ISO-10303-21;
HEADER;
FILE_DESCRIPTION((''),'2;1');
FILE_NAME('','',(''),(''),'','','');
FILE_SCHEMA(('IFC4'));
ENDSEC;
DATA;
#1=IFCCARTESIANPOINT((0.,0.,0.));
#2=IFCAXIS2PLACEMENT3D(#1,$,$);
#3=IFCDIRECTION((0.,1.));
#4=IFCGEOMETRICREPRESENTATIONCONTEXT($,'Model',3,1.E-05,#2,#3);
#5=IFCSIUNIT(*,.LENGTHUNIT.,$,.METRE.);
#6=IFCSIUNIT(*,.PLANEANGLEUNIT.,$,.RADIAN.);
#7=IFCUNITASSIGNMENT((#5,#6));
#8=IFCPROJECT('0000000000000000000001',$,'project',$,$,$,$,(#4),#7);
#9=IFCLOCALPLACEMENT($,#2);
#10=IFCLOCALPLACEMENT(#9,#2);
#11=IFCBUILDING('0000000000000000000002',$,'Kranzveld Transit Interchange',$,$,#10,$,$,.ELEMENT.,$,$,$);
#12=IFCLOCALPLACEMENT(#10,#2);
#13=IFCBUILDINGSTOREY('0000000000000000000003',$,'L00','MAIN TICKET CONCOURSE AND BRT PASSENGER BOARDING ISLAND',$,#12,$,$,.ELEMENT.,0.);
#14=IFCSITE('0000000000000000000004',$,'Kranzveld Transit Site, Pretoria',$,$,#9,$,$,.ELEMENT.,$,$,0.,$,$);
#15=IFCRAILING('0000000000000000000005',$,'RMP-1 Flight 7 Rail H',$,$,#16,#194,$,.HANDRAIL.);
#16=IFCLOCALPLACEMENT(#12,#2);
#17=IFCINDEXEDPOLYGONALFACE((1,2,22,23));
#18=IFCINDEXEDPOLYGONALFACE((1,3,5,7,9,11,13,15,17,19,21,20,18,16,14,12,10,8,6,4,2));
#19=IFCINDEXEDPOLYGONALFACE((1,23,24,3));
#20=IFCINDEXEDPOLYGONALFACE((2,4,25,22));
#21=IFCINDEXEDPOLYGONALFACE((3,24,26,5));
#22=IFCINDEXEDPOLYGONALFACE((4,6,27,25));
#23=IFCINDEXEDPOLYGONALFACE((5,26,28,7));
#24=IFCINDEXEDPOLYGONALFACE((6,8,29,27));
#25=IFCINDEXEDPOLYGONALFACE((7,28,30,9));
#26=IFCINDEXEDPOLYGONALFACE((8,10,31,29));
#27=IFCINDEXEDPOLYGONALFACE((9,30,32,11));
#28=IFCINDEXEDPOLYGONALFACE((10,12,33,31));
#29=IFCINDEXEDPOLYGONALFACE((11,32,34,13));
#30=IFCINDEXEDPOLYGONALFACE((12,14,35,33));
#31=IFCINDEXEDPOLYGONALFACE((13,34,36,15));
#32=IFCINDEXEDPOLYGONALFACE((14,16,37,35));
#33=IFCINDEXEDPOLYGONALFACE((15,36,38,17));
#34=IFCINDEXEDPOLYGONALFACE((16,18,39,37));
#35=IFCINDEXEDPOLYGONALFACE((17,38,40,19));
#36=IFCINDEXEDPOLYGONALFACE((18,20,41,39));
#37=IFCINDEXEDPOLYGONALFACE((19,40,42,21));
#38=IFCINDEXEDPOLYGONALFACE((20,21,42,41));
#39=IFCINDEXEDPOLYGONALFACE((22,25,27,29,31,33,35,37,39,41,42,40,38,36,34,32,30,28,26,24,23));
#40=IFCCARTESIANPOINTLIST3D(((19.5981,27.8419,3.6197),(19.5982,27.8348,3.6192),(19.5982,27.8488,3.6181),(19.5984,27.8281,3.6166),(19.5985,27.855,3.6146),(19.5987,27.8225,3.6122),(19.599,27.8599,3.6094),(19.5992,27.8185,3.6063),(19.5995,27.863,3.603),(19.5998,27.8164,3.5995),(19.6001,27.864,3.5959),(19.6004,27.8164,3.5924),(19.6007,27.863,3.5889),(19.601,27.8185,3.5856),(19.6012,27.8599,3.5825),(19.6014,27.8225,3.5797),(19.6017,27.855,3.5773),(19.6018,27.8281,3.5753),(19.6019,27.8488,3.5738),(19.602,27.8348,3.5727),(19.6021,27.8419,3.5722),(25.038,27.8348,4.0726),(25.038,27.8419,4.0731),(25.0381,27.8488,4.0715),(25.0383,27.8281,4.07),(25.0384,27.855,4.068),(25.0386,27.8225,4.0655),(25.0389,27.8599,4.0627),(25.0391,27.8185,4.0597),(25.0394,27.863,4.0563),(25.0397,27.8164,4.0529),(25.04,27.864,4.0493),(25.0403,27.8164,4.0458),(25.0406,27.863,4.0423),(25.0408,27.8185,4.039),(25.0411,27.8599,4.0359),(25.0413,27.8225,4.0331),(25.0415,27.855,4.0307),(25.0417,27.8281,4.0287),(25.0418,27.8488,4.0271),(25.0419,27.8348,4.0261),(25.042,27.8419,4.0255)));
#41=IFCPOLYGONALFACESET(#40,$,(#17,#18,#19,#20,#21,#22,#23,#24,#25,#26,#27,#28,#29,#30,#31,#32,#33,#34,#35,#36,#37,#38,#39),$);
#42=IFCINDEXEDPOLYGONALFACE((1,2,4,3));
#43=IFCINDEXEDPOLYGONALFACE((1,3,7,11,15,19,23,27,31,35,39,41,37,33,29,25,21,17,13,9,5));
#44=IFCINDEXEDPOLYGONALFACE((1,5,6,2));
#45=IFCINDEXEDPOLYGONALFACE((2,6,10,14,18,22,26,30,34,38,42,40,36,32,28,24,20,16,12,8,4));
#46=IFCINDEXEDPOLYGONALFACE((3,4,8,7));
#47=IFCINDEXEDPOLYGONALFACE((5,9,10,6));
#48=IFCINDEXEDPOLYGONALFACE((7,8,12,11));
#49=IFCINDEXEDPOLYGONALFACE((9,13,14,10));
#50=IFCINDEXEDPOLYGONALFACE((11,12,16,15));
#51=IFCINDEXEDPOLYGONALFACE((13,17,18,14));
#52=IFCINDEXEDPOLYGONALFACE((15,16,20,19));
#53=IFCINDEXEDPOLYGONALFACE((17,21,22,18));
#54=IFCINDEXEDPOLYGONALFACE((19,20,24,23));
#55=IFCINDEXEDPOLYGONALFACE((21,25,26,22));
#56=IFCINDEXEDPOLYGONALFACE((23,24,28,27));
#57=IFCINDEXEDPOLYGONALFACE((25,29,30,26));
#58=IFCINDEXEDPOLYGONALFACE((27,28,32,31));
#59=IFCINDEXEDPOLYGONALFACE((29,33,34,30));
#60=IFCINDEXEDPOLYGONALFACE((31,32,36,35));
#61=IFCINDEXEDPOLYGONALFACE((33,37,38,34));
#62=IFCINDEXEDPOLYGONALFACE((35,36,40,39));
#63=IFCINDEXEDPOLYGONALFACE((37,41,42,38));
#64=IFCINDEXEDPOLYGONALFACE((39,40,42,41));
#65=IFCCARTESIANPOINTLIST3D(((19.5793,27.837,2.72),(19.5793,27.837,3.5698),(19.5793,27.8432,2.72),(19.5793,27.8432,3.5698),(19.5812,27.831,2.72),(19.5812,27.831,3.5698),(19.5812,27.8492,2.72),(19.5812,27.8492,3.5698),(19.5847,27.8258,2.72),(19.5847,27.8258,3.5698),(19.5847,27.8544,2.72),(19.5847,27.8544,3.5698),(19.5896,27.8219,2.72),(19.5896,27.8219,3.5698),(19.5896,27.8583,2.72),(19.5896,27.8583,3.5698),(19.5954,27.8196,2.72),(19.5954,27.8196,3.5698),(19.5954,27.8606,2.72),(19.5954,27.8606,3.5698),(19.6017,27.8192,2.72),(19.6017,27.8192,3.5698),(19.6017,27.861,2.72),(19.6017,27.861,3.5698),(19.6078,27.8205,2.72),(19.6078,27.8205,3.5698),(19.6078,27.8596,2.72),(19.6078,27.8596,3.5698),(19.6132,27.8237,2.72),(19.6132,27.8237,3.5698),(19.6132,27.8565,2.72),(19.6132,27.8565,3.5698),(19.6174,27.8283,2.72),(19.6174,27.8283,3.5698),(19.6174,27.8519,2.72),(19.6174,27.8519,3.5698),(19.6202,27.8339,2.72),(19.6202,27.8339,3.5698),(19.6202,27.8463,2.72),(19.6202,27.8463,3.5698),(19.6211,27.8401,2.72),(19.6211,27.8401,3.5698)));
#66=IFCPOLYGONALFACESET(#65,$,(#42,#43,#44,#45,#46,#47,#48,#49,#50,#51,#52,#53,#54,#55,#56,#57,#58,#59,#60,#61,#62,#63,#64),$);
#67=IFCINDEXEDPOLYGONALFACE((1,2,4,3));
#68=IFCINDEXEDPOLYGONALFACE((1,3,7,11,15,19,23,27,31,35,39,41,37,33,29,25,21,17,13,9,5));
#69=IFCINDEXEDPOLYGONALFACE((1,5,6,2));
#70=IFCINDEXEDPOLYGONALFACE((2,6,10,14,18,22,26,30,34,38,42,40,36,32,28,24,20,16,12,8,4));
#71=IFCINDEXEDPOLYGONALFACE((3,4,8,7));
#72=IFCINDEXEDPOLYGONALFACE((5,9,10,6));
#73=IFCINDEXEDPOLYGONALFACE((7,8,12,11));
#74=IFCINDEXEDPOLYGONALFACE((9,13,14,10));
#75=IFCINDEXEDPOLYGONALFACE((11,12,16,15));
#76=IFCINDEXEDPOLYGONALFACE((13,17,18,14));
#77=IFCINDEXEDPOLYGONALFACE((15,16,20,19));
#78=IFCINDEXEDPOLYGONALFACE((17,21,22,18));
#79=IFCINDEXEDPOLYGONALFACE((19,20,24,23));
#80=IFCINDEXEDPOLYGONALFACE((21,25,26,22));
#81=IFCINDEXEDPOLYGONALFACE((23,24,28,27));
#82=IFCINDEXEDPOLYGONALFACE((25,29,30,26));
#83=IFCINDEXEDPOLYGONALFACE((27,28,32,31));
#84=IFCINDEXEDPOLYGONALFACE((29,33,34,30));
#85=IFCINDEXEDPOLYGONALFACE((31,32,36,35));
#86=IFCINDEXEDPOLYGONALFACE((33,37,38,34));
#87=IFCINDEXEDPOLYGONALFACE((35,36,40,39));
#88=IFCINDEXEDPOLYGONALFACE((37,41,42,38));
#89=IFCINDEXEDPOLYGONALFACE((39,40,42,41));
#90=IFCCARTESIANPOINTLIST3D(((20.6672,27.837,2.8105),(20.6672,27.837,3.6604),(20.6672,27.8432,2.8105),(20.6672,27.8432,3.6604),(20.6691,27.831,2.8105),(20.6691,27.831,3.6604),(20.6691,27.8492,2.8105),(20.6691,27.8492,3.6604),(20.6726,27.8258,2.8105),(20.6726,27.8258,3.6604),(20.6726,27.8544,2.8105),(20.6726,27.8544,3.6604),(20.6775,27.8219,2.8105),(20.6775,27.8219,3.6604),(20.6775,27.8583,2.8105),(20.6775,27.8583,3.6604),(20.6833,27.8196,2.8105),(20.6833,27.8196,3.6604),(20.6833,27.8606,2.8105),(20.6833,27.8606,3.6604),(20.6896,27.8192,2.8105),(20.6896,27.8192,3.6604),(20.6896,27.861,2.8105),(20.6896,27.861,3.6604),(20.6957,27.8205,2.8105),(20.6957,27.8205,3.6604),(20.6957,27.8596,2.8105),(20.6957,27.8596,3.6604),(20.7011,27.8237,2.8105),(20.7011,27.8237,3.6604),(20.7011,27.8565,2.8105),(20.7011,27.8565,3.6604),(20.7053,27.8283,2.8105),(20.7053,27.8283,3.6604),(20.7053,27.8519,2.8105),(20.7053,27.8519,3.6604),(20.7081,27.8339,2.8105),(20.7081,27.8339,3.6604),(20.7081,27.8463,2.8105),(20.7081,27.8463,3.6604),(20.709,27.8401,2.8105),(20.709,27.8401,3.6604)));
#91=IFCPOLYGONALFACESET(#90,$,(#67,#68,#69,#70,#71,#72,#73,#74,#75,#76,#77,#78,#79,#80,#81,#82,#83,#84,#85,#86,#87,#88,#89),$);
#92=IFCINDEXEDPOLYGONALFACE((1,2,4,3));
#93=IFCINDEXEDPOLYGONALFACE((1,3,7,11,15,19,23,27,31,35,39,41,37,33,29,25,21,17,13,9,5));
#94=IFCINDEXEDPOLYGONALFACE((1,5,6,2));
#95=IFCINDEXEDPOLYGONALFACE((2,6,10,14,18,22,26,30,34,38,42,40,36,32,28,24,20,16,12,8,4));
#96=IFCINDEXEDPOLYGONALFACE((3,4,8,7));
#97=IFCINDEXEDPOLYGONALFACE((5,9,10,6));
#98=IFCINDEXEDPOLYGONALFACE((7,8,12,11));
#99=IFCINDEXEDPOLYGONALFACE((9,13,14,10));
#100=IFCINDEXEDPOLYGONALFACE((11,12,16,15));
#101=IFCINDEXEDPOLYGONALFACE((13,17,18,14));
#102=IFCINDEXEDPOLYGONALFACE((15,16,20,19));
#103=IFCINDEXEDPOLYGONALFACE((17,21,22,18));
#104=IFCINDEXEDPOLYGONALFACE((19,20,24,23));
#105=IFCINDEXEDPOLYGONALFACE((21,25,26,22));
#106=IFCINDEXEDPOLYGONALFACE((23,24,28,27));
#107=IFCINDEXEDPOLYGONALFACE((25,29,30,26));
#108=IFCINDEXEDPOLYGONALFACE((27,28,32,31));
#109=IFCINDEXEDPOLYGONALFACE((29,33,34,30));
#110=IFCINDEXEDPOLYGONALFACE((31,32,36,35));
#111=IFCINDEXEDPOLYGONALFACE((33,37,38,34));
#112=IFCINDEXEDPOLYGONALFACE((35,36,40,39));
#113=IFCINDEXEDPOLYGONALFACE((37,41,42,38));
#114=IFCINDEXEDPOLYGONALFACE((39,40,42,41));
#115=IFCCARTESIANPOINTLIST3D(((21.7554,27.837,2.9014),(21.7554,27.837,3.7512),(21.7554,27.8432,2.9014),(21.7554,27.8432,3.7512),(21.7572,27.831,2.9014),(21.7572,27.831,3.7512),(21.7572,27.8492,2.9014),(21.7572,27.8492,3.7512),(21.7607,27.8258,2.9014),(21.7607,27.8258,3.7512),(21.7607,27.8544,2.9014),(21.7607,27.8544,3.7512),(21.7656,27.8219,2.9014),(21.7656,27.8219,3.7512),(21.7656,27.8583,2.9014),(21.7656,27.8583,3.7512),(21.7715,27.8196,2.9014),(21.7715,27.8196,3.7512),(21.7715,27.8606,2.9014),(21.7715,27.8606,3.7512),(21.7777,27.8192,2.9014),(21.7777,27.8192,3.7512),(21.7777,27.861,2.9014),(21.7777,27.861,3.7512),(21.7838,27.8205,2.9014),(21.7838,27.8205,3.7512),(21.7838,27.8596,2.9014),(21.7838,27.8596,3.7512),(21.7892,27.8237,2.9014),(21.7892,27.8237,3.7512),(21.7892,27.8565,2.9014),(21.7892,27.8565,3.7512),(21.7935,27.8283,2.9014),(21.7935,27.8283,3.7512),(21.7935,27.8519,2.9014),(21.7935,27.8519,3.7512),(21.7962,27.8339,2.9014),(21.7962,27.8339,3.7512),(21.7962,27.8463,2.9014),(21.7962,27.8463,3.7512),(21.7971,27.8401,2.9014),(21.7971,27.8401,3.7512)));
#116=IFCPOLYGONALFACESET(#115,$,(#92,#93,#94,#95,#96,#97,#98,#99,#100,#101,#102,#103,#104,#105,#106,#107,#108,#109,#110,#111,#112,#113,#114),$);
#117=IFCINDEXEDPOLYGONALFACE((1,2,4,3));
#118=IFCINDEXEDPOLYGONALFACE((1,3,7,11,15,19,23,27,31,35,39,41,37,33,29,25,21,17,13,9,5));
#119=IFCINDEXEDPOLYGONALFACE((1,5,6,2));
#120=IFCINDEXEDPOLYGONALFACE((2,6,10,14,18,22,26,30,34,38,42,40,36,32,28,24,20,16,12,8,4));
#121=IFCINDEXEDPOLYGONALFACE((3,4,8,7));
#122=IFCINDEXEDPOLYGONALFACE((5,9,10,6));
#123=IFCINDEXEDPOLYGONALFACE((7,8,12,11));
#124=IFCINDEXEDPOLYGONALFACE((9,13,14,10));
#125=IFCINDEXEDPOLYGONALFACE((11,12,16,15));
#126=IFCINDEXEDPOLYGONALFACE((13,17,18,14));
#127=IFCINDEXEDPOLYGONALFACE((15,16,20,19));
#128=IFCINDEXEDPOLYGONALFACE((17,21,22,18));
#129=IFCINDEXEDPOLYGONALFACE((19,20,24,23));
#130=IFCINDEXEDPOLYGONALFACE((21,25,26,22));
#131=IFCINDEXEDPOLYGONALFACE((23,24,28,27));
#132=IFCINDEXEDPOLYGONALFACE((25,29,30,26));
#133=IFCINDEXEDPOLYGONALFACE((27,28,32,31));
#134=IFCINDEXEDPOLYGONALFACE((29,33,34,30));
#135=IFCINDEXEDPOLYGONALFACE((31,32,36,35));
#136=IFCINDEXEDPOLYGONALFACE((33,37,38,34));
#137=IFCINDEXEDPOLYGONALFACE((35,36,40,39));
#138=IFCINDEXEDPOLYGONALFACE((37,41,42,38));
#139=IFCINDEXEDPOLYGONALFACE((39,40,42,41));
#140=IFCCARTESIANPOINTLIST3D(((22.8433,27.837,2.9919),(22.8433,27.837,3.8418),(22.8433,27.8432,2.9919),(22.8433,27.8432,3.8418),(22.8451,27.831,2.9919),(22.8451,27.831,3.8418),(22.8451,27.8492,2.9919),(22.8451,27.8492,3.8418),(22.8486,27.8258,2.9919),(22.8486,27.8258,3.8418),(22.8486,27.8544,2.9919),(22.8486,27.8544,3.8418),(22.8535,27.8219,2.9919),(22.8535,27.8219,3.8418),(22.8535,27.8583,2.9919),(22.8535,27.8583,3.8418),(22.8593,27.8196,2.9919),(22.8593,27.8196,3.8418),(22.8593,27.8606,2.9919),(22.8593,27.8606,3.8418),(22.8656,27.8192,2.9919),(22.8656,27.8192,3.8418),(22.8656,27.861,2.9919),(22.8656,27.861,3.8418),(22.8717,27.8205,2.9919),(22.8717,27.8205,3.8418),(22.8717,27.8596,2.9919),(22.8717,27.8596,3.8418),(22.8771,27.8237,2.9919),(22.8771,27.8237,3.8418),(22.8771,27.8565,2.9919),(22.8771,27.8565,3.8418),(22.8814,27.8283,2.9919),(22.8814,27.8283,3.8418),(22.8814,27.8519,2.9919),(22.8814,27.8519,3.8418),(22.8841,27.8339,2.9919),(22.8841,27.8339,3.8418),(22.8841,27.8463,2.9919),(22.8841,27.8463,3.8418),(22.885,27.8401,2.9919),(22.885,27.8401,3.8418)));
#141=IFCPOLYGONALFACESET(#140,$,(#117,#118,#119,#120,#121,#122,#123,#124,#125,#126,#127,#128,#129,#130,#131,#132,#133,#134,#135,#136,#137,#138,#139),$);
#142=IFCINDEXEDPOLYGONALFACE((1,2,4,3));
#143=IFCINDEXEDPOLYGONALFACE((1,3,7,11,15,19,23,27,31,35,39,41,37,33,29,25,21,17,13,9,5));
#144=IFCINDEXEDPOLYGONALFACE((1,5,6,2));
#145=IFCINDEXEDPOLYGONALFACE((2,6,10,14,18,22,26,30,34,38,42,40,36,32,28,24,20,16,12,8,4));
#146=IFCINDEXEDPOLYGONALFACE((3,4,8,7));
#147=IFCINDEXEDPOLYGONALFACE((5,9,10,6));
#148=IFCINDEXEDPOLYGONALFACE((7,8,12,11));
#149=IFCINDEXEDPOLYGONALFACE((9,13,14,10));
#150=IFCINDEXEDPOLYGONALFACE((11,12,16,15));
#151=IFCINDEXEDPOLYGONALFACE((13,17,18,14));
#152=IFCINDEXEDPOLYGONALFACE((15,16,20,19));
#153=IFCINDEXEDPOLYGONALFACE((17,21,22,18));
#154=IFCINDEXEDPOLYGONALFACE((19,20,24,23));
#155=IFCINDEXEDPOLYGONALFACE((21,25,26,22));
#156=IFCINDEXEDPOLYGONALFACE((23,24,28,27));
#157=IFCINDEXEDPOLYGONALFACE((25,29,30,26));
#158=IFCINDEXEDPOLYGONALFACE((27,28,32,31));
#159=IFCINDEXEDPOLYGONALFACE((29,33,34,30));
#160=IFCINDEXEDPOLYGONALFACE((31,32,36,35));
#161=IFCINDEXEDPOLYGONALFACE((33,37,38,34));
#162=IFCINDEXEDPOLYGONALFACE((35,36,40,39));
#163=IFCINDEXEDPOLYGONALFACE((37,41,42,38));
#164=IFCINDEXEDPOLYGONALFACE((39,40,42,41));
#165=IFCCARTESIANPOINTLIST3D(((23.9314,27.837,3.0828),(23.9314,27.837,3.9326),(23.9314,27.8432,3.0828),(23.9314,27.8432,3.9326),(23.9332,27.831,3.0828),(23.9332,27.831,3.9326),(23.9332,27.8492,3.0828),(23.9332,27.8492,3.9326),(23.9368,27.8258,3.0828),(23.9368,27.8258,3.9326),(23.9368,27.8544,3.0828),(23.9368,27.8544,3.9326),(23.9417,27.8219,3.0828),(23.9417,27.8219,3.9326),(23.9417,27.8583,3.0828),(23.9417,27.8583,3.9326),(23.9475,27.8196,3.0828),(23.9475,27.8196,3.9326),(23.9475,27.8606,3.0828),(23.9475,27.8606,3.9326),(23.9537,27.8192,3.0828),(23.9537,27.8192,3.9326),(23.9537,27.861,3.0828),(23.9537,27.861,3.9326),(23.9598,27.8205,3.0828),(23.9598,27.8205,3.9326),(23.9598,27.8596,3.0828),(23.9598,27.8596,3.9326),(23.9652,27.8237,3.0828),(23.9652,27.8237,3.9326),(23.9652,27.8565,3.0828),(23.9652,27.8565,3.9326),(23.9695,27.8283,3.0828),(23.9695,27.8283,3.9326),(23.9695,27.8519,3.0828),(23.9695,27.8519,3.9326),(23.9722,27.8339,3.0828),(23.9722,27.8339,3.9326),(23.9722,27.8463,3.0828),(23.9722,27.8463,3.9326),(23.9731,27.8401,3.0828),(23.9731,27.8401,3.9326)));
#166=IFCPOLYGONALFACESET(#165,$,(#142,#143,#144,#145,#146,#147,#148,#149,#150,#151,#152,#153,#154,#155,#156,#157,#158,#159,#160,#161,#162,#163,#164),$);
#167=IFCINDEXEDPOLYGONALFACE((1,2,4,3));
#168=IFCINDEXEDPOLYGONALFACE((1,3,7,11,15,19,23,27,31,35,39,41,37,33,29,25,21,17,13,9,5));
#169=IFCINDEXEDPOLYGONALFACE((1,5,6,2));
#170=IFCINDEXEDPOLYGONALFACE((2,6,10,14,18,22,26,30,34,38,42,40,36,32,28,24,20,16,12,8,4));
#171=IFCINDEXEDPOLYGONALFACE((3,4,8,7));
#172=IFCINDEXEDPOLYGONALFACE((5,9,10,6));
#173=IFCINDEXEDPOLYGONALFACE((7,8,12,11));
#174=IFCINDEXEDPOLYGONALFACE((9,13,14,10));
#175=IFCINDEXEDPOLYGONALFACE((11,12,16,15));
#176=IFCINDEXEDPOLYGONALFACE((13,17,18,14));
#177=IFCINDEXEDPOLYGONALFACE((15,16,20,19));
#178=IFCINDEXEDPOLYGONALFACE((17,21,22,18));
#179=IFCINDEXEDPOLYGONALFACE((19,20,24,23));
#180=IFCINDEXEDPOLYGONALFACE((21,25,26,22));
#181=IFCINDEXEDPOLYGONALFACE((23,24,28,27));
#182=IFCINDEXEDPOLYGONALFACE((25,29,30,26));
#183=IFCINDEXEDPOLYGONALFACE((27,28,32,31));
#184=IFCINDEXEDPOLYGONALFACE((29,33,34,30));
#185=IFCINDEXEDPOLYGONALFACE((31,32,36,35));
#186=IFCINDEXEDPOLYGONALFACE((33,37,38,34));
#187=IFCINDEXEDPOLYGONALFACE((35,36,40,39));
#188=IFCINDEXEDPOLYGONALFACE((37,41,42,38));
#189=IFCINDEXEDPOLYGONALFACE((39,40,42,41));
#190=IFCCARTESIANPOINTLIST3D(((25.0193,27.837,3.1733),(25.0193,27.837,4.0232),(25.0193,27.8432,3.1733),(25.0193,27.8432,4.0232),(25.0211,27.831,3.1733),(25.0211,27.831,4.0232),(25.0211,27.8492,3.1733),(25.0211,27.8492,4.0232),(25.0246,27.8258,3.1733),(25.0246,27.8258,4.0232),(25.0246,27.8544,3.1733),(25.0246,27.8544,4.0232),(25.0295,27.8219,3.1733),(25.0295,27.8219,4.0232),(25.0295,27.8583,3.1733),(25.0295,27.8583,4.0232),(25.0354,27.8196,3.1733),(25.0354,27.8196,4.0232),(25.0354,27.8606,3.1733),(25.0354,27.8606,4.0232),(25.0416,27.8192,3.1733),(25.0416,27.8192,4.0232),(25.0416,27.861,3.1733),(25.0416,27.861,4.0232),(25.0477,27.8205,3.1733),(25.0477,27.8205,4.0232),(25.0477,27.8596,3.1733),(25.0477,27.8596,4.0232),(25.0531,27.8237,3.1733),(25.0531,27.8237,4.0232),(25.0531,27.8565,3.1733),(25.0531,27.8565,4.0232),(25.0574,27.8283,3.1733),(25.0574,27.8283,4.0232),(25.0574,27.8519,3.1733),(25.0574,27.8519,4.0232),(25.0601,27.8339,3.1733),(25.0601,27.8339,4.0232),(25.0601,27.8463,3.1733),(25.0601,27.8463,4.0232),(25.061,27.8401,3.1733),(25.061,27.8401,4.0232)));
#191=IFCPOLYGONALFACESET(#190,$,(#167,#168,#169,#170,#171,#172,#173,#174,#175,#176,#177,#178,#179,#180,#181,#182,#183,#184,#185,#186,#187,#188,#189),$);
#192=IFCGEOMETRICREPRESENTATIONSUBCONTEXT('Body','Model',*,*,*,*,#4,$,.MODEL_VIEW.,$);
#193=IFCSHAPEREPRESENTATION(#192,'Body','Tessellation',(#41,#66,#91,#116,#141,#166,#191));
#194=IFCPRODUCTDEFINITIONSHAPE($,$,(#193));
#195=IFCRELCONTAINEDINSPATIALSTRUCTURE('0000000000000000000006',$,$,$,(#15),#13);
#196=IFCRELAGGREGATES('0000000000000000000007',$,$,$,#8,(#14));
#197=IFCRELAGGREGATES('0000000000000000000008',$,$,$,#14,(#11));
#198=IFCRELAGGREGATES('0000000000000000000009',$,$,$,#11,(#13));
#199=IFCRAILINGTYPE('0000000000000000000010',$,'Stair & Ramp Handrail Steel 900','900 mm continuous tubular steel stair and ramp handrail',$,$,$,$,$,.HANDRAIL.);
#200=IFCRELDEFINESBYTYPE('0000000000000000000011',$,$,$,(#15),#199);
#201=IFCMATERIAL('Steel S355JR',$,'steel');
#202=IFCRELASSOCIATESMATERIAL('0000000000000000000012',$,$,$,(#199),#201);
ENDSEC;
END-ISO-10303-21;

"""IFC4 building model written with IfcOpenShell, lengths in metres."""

from ifc_helpers import new_model, si_unit, direction, frame, origin, origin_2d, place, context, subcontext, project, spatial, circle, extrude, material, type_object, element, save


model = new_model("IFC4")

# Units and contexts
model_context = context("Model", 3, precision=1e-05, world=origin(), true_north=direction((0.0, 1.0)))
body_context = subcontext(model_context, "Body", "Model", "MODEL_VIEW")
ifc_project = project(units=[si_unit("LENGTHUNIT", "METRE"), si_unit("PLANEANGLEUNIT", "RADIAN")], contexts=[model_context])

# Site, building, storey
site_placement = place(None, origin())
site = spatial("IfcSite", under=ifc_project, at=site_placement, Name="Kranzveld Transit Site, Pretoria", CompositionType="ELEMENT", RefElevation=0.0)
building_placement = place(site_placement, origin())
building = spatial("IfcBuilding", under=site, at=building_placement, Name="Kranzveld Transit Interchange", CompositionType="ELEMENT")
storey_placement = place(building_placement, origin())
storey = spatial("IfcBuildingStorey", under=building, at=storey_placement, Name="L00", Description="MAIN TICKET CONCOURSE AND BRT PASSENGER BOARDING ISLAND", CompositionType="ELEMENT", Elevation=0.0)

# Railing
ifc_material_1 = material(Name="Steel S355JR", Category="steel")
railing_type_1 = type_object("IfcRailingType", Name="Stair & Ramp Handrail Steel 900", Description="900 mm continuous tubular steel stair and ramp handrail", PredefinedType="HANDRAIL", material=ifc_material_1)
for number, where, name in (
    (1, (19.6001, 27.8401, 2.72), "RMP-1 Flight 7 Rail H"),
):
    element("IfcRailing", number, at=place(storey_placement, frame(where)), inside=storey, type_object=railing_type_1, Name=name, PredefinedType="HANDRAIL", context=body_context, shape_type="SweptSolid", body=[
        extrude(circle(Radius=0.0239, at=origin_2d()), frame((0.0, 0.0, 0.876), z_axis=(0.996545, 0.0, 0.083053), x_axis=(0.0, 1.0, 0.0)), (0.0, 0.0, 1.0), 5.4587),
        extrude(circle(Radius=0.021, at=origin_2d()), origin(), (0.0, 0.0, 1.0), 0.8499),
        extrude(circle(Radius=0.021, at=origin_2d()), frame((1.0879, 0.0, 0.0906)), (0.0, 0.0, 1.0), 0.8499),
        extrude(circle(Radius=0.021, at=origin_2d()), frame((2.176, 0.0, 0.1814)), (0.0, 0.0, 1.0), 0.8499),
        extrude(circle(Radius=0.021, at=origin_2d()), frame((3.2639, 0.0, 0.272)), (0.0, 0.0, 1.0), 0.8499),
        extrude(circle(Radius=0.021, at=origin_2d()), frame((4.3521, 0.0, 0.3628)), (0.0, 0.0, 1.0), 0.8499),
        extrude(circle(Radius=0.021, at=origin_2d()), frame((5.4399, 0.0, 0.4534)), (0.0, 0.0, 1.0), 0.8499),
    ])

save(model, "model.ifc")
